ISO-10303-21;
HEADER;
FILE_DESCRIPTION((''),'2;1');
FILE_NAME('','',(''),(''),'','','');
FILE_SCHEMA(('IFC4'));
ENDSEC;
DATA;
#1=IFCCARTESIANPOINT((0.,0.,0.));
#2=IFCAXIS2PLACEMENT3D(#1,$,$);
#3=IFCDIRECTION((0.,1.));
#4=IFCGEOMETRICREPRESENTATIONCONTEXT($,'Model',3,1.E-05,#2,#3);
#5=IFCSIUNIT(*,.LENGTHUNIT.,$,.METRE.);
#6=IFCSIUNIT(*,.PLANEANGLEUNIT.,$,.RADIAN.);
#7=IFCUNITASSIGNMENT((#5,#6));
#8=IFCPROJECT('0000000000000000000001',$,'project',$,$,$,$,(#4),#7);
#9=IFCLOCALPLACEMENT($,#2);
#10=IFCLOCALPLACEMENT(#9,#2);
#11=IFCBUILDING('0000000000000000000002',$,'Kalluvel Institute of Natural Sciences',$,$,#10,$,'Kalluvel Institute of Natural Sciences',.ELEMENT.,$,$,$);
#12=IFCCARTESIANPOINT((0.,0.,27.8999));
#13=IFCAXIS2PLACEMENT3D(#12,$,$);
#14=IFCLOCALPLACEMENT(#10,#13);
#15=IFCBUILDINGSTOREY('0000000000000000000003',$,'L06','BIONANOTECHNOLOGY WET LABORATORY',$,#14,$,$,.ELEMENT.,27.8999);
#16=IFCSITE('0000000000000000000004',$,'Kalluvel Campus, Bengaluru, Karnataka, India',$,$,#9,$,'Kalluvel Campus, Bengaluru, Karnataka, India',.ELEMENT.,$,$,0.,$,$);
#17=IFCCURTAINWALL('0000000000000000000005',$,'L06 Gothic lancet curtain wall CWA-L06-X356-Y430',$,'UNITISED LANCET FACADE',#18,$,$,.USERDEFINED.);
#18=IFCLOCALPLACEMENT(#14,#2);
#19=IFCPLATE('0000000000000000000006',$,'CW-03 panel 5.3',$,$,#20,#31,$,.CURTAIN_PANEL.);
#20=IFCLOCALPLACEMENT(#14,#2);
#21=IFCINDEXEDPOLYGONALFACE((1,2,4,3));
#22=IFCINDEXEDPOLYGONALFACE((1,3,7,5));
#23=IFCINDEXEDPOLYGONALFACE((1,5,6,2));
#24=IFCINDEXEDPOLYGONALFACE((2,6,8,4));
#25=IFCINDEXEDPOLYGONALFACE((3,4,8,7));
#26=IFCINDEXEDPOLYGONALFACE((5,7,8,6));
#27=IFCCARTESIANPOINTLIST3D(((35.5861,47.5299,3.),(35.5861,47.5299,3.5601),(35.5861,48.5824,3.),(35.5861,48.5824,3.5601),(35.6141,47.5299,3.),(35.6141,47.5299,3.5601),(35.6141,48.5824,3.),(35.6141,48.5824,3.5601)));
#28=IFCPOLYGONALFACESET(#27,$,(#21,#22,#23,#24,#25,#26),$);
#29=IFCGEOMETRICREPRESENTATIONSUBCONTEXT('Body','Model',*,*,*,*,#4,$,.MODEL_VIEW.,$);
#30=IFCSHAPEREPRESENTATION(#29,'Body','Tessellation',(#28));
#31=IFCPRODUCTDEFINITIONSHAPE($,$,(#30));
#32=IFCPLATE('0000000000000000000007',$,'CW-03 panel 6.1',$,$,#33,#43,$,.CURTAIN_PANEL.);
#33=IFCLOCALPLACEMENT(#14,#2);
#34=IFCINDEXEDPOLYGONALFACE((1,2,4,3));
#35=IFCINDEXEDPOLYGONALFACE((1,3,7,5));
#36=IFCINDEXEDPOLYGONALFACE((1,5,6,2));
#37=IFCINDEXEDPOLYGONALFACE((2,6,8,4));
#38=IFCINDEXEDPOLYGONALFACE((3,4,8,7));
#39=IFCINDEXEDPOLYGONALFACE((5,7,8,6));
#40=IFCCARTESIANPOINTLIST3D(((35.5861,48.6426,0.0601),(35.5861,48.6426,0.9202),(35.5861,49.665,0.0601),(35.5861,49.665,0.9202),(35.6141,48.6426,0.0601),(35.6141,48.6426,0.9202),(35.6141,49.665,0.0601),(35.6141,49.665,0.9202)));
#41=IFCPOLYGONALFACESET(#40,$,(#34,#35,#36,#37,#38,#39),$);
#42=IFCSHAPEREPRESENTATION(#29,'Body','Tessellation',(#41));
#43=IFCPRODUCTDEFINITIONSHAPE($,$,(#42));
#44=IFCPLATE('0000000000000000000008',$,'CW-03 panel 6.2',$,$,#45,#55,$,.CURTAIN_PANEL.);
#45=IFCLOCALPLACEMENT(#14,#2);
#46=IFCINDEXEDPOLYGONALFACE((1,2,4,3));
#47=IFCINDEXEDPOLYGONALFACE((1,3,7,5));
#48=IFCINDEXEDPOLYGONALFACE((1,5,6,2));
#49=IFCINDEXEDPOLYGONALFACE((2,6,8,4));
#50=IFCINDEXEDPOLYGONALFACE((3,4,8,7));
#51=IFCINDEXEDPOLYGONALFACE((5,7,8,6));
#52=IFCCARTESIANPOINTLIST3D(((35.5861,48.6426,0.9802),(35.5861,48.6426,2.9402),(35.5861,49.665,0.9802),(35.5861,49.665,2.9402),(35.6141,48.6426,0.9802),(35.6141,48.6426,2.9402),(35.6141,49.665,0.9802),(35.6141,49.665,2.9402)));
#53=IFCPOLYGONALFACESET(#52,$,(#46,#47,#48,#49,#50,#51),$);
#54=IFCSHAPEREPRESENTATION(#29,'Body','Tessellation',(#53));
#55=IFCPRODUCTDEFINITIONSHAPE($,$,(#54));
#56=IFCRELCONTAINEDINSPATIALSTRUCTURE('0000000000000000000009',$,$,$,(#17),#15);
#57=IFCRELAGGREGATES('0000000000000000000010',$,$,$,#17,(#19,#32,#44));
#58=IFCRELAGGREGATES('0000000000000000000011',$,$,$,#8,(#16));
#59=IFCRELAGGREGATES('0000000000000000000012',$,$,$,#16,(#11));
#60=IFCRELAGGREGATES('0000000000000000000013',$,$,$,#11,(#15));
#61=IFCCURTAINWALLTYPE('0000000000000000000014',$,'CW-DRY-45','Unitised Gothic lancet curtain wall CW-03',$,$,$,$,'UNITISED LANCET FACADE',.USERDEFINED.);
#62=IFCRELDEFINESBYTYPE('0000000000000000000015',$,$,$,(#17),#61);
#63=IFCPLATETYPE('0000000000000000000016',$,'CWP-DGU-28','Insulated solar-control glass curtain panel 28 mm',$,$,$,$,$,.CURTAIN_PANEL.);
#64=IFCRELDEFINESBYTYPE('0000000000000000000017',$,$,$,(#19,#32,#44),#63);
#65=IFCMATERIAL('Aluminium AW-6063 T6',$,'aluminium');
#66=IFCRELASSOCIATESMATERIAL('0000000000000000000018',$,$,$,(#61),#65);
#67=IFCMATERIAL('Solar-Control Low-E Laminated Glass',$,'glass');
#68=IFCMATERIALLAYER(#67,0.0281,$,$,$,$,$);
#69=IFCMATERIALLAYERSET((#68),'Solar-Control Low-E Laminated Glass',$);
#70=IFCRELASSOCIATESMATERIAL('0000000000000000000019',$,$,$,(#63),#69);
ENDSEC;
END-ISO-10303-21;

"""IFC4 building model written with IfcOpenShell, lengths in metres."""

from ifc_helpers import new_model, si_unit, direction, frame, origin, origin_2d, place, context, subcontext, project, spatial, rectangle, extrude, material, layer, layer_set, type_object, element, aggregate, save


model = new_model("IFC4")

# Units and contexts
model_context = context("Model", 3, precision=1e-05, world=origin(), true_north=direction((0.0, 1.0)))
body_context = subcontext(model_context, "Body", "Model", "MODEL_VIEW")
ifc_project = project(units=[si_unit("LENGTHUNIT", "METRE"), si_unit("PLANEANGLEUNIT", "RADIAN")], contexts=[model_context])

# Site, building, storey
site_placement = place(None, origin())
site = spatial("IfcSite", under=ifc_project, at=site_placement, Name="Kalluvel Campus, Bengaluru, Karnataka, India", LongName="Kalluvel Campus, Bengaluru, Karnataka, India", CompositionType="ELEMENT", RefElevation=0.0)
building_placement = place(site_placement, origin())
building = spatial("IfcBuilding", under=site, at=building_placement, Name="Kalluvel Institute of Natural Sciences", LongName="Kalluvel Institute of Natural Sciences", CompositionType="ELEMENT")
storey_placement = place(building_placement, frame((0.0, 0.0, 27.8999)))
storey = spatial("IfcBuildingStorey", under=building, at=storey_placement, Name="L06", Description="BIONANOTECHNOLOGY WET LABORATORY", CompositionType="ELEMENT", Elevation=27.8999)

# Curtain wall, plates
ifc_material_1 = material(Name="Aluminium AW-6063 T6", Category="aluminium")
curtain_wall_type = type_object("IfcCurtainWallType", Name="CW-DRY-45", Description="Unitised Gothic lancet curtain wall CW-03", ElementType="UNITISED LANCET FACADE", PredefinedType="USERDEFINED", material=ifc_material_1)
curtain_wall_placement = place(storey_placement, origin())
curtain_wall = element("IfcCurtainWall", 1, at=curtain_wall_placement, inside=storey, type_object=curtain_wall_type, Name="L06 Gothic lancet curtain wall CWA-L06-X356-Y430", ObjectType="UNITISED LANCET FACADE", PredefinedType="USERDEFINED")
ifc_material_2 = material(Name="Solar-Control Low-E Laminated Glass", Category="glass")
ifc_layer = layer(ifc_material_2, 0.0281)
ifc_layer_set = layer_set([ifc_layer], Name="Solar-Control Low-E Laminated Glass")
plate_type = type_object("IfcPlateType", Name="CWP-DGU-28", Description="Insulated solar-control glass curtain panel 28 mm", PredefinedType="CURTAIN_PANEL", material=ifc_layer_set)
plate_1_placement = place(storey_placement, frame((35.6001, 48.0562, 3.0), z_axis=(0.0, 0.0, 1.0), x_axis=(0.0, 1.0, 0.0)))
plate_1 = element("IfcPlate", 2, at=plate_1_placement, type_object=plate_type, Name="CW-03 panel 5.3", PredefinedType="CURTAIN_PANEL", context=body_context, shape_type="SweptSolid", body=[
    extrude(rectangle(XDim=1.0525, YDim=0.0281, at=origin_2d()), origin(), (0.0, 0.0, 1.0), 0.5601),
])
plate_2_placement = place(storey_placement, frame((35.6001, 49.1538, 0.0601), z_axis=(0.0, 0.0, 1.0), x_axis=(0.0, 1.0, 0.0)))
plate_2 = element("IfcPlate", 3, at=plate_2_placement, type_object=plate_type, Name="CW-03 panel 6.1", PredefinedType="CURTAIN_PANEL", context=body_context, shape_type="SweptSolid", body=[
    extrude(rectangle(XDim=1.0225, YDim=0.0281, at=origin_2d()), origin(), (0.0, 0.0, 1.0), 0.8601),
])
plate_3_placement = place(storey_placement, frame((35.6001, 49.1538, 0.9802), z_axis=(0.0, 0.0, 1.0), x_axis=(0.0, 1.0, 0.0)))
plate_3 = element("IfcPlate", 4, at=plate_3_placement, type_object=plate_type, Name="CW-03 panel 6.2", PredefinedType="CURTAIN_PANEL", context=body_context, shape_type="SweptSolid", body=[
    extrude(rectangle(XDim=1.0225, YDim=0.0281, at=origin_2d()), origin(), (0.0, 0.0, 1.0), 1.96),
])
aggregate(curtain_wall, [plate_1, plate_2, plate_3])

save(model, "model.ifc")
